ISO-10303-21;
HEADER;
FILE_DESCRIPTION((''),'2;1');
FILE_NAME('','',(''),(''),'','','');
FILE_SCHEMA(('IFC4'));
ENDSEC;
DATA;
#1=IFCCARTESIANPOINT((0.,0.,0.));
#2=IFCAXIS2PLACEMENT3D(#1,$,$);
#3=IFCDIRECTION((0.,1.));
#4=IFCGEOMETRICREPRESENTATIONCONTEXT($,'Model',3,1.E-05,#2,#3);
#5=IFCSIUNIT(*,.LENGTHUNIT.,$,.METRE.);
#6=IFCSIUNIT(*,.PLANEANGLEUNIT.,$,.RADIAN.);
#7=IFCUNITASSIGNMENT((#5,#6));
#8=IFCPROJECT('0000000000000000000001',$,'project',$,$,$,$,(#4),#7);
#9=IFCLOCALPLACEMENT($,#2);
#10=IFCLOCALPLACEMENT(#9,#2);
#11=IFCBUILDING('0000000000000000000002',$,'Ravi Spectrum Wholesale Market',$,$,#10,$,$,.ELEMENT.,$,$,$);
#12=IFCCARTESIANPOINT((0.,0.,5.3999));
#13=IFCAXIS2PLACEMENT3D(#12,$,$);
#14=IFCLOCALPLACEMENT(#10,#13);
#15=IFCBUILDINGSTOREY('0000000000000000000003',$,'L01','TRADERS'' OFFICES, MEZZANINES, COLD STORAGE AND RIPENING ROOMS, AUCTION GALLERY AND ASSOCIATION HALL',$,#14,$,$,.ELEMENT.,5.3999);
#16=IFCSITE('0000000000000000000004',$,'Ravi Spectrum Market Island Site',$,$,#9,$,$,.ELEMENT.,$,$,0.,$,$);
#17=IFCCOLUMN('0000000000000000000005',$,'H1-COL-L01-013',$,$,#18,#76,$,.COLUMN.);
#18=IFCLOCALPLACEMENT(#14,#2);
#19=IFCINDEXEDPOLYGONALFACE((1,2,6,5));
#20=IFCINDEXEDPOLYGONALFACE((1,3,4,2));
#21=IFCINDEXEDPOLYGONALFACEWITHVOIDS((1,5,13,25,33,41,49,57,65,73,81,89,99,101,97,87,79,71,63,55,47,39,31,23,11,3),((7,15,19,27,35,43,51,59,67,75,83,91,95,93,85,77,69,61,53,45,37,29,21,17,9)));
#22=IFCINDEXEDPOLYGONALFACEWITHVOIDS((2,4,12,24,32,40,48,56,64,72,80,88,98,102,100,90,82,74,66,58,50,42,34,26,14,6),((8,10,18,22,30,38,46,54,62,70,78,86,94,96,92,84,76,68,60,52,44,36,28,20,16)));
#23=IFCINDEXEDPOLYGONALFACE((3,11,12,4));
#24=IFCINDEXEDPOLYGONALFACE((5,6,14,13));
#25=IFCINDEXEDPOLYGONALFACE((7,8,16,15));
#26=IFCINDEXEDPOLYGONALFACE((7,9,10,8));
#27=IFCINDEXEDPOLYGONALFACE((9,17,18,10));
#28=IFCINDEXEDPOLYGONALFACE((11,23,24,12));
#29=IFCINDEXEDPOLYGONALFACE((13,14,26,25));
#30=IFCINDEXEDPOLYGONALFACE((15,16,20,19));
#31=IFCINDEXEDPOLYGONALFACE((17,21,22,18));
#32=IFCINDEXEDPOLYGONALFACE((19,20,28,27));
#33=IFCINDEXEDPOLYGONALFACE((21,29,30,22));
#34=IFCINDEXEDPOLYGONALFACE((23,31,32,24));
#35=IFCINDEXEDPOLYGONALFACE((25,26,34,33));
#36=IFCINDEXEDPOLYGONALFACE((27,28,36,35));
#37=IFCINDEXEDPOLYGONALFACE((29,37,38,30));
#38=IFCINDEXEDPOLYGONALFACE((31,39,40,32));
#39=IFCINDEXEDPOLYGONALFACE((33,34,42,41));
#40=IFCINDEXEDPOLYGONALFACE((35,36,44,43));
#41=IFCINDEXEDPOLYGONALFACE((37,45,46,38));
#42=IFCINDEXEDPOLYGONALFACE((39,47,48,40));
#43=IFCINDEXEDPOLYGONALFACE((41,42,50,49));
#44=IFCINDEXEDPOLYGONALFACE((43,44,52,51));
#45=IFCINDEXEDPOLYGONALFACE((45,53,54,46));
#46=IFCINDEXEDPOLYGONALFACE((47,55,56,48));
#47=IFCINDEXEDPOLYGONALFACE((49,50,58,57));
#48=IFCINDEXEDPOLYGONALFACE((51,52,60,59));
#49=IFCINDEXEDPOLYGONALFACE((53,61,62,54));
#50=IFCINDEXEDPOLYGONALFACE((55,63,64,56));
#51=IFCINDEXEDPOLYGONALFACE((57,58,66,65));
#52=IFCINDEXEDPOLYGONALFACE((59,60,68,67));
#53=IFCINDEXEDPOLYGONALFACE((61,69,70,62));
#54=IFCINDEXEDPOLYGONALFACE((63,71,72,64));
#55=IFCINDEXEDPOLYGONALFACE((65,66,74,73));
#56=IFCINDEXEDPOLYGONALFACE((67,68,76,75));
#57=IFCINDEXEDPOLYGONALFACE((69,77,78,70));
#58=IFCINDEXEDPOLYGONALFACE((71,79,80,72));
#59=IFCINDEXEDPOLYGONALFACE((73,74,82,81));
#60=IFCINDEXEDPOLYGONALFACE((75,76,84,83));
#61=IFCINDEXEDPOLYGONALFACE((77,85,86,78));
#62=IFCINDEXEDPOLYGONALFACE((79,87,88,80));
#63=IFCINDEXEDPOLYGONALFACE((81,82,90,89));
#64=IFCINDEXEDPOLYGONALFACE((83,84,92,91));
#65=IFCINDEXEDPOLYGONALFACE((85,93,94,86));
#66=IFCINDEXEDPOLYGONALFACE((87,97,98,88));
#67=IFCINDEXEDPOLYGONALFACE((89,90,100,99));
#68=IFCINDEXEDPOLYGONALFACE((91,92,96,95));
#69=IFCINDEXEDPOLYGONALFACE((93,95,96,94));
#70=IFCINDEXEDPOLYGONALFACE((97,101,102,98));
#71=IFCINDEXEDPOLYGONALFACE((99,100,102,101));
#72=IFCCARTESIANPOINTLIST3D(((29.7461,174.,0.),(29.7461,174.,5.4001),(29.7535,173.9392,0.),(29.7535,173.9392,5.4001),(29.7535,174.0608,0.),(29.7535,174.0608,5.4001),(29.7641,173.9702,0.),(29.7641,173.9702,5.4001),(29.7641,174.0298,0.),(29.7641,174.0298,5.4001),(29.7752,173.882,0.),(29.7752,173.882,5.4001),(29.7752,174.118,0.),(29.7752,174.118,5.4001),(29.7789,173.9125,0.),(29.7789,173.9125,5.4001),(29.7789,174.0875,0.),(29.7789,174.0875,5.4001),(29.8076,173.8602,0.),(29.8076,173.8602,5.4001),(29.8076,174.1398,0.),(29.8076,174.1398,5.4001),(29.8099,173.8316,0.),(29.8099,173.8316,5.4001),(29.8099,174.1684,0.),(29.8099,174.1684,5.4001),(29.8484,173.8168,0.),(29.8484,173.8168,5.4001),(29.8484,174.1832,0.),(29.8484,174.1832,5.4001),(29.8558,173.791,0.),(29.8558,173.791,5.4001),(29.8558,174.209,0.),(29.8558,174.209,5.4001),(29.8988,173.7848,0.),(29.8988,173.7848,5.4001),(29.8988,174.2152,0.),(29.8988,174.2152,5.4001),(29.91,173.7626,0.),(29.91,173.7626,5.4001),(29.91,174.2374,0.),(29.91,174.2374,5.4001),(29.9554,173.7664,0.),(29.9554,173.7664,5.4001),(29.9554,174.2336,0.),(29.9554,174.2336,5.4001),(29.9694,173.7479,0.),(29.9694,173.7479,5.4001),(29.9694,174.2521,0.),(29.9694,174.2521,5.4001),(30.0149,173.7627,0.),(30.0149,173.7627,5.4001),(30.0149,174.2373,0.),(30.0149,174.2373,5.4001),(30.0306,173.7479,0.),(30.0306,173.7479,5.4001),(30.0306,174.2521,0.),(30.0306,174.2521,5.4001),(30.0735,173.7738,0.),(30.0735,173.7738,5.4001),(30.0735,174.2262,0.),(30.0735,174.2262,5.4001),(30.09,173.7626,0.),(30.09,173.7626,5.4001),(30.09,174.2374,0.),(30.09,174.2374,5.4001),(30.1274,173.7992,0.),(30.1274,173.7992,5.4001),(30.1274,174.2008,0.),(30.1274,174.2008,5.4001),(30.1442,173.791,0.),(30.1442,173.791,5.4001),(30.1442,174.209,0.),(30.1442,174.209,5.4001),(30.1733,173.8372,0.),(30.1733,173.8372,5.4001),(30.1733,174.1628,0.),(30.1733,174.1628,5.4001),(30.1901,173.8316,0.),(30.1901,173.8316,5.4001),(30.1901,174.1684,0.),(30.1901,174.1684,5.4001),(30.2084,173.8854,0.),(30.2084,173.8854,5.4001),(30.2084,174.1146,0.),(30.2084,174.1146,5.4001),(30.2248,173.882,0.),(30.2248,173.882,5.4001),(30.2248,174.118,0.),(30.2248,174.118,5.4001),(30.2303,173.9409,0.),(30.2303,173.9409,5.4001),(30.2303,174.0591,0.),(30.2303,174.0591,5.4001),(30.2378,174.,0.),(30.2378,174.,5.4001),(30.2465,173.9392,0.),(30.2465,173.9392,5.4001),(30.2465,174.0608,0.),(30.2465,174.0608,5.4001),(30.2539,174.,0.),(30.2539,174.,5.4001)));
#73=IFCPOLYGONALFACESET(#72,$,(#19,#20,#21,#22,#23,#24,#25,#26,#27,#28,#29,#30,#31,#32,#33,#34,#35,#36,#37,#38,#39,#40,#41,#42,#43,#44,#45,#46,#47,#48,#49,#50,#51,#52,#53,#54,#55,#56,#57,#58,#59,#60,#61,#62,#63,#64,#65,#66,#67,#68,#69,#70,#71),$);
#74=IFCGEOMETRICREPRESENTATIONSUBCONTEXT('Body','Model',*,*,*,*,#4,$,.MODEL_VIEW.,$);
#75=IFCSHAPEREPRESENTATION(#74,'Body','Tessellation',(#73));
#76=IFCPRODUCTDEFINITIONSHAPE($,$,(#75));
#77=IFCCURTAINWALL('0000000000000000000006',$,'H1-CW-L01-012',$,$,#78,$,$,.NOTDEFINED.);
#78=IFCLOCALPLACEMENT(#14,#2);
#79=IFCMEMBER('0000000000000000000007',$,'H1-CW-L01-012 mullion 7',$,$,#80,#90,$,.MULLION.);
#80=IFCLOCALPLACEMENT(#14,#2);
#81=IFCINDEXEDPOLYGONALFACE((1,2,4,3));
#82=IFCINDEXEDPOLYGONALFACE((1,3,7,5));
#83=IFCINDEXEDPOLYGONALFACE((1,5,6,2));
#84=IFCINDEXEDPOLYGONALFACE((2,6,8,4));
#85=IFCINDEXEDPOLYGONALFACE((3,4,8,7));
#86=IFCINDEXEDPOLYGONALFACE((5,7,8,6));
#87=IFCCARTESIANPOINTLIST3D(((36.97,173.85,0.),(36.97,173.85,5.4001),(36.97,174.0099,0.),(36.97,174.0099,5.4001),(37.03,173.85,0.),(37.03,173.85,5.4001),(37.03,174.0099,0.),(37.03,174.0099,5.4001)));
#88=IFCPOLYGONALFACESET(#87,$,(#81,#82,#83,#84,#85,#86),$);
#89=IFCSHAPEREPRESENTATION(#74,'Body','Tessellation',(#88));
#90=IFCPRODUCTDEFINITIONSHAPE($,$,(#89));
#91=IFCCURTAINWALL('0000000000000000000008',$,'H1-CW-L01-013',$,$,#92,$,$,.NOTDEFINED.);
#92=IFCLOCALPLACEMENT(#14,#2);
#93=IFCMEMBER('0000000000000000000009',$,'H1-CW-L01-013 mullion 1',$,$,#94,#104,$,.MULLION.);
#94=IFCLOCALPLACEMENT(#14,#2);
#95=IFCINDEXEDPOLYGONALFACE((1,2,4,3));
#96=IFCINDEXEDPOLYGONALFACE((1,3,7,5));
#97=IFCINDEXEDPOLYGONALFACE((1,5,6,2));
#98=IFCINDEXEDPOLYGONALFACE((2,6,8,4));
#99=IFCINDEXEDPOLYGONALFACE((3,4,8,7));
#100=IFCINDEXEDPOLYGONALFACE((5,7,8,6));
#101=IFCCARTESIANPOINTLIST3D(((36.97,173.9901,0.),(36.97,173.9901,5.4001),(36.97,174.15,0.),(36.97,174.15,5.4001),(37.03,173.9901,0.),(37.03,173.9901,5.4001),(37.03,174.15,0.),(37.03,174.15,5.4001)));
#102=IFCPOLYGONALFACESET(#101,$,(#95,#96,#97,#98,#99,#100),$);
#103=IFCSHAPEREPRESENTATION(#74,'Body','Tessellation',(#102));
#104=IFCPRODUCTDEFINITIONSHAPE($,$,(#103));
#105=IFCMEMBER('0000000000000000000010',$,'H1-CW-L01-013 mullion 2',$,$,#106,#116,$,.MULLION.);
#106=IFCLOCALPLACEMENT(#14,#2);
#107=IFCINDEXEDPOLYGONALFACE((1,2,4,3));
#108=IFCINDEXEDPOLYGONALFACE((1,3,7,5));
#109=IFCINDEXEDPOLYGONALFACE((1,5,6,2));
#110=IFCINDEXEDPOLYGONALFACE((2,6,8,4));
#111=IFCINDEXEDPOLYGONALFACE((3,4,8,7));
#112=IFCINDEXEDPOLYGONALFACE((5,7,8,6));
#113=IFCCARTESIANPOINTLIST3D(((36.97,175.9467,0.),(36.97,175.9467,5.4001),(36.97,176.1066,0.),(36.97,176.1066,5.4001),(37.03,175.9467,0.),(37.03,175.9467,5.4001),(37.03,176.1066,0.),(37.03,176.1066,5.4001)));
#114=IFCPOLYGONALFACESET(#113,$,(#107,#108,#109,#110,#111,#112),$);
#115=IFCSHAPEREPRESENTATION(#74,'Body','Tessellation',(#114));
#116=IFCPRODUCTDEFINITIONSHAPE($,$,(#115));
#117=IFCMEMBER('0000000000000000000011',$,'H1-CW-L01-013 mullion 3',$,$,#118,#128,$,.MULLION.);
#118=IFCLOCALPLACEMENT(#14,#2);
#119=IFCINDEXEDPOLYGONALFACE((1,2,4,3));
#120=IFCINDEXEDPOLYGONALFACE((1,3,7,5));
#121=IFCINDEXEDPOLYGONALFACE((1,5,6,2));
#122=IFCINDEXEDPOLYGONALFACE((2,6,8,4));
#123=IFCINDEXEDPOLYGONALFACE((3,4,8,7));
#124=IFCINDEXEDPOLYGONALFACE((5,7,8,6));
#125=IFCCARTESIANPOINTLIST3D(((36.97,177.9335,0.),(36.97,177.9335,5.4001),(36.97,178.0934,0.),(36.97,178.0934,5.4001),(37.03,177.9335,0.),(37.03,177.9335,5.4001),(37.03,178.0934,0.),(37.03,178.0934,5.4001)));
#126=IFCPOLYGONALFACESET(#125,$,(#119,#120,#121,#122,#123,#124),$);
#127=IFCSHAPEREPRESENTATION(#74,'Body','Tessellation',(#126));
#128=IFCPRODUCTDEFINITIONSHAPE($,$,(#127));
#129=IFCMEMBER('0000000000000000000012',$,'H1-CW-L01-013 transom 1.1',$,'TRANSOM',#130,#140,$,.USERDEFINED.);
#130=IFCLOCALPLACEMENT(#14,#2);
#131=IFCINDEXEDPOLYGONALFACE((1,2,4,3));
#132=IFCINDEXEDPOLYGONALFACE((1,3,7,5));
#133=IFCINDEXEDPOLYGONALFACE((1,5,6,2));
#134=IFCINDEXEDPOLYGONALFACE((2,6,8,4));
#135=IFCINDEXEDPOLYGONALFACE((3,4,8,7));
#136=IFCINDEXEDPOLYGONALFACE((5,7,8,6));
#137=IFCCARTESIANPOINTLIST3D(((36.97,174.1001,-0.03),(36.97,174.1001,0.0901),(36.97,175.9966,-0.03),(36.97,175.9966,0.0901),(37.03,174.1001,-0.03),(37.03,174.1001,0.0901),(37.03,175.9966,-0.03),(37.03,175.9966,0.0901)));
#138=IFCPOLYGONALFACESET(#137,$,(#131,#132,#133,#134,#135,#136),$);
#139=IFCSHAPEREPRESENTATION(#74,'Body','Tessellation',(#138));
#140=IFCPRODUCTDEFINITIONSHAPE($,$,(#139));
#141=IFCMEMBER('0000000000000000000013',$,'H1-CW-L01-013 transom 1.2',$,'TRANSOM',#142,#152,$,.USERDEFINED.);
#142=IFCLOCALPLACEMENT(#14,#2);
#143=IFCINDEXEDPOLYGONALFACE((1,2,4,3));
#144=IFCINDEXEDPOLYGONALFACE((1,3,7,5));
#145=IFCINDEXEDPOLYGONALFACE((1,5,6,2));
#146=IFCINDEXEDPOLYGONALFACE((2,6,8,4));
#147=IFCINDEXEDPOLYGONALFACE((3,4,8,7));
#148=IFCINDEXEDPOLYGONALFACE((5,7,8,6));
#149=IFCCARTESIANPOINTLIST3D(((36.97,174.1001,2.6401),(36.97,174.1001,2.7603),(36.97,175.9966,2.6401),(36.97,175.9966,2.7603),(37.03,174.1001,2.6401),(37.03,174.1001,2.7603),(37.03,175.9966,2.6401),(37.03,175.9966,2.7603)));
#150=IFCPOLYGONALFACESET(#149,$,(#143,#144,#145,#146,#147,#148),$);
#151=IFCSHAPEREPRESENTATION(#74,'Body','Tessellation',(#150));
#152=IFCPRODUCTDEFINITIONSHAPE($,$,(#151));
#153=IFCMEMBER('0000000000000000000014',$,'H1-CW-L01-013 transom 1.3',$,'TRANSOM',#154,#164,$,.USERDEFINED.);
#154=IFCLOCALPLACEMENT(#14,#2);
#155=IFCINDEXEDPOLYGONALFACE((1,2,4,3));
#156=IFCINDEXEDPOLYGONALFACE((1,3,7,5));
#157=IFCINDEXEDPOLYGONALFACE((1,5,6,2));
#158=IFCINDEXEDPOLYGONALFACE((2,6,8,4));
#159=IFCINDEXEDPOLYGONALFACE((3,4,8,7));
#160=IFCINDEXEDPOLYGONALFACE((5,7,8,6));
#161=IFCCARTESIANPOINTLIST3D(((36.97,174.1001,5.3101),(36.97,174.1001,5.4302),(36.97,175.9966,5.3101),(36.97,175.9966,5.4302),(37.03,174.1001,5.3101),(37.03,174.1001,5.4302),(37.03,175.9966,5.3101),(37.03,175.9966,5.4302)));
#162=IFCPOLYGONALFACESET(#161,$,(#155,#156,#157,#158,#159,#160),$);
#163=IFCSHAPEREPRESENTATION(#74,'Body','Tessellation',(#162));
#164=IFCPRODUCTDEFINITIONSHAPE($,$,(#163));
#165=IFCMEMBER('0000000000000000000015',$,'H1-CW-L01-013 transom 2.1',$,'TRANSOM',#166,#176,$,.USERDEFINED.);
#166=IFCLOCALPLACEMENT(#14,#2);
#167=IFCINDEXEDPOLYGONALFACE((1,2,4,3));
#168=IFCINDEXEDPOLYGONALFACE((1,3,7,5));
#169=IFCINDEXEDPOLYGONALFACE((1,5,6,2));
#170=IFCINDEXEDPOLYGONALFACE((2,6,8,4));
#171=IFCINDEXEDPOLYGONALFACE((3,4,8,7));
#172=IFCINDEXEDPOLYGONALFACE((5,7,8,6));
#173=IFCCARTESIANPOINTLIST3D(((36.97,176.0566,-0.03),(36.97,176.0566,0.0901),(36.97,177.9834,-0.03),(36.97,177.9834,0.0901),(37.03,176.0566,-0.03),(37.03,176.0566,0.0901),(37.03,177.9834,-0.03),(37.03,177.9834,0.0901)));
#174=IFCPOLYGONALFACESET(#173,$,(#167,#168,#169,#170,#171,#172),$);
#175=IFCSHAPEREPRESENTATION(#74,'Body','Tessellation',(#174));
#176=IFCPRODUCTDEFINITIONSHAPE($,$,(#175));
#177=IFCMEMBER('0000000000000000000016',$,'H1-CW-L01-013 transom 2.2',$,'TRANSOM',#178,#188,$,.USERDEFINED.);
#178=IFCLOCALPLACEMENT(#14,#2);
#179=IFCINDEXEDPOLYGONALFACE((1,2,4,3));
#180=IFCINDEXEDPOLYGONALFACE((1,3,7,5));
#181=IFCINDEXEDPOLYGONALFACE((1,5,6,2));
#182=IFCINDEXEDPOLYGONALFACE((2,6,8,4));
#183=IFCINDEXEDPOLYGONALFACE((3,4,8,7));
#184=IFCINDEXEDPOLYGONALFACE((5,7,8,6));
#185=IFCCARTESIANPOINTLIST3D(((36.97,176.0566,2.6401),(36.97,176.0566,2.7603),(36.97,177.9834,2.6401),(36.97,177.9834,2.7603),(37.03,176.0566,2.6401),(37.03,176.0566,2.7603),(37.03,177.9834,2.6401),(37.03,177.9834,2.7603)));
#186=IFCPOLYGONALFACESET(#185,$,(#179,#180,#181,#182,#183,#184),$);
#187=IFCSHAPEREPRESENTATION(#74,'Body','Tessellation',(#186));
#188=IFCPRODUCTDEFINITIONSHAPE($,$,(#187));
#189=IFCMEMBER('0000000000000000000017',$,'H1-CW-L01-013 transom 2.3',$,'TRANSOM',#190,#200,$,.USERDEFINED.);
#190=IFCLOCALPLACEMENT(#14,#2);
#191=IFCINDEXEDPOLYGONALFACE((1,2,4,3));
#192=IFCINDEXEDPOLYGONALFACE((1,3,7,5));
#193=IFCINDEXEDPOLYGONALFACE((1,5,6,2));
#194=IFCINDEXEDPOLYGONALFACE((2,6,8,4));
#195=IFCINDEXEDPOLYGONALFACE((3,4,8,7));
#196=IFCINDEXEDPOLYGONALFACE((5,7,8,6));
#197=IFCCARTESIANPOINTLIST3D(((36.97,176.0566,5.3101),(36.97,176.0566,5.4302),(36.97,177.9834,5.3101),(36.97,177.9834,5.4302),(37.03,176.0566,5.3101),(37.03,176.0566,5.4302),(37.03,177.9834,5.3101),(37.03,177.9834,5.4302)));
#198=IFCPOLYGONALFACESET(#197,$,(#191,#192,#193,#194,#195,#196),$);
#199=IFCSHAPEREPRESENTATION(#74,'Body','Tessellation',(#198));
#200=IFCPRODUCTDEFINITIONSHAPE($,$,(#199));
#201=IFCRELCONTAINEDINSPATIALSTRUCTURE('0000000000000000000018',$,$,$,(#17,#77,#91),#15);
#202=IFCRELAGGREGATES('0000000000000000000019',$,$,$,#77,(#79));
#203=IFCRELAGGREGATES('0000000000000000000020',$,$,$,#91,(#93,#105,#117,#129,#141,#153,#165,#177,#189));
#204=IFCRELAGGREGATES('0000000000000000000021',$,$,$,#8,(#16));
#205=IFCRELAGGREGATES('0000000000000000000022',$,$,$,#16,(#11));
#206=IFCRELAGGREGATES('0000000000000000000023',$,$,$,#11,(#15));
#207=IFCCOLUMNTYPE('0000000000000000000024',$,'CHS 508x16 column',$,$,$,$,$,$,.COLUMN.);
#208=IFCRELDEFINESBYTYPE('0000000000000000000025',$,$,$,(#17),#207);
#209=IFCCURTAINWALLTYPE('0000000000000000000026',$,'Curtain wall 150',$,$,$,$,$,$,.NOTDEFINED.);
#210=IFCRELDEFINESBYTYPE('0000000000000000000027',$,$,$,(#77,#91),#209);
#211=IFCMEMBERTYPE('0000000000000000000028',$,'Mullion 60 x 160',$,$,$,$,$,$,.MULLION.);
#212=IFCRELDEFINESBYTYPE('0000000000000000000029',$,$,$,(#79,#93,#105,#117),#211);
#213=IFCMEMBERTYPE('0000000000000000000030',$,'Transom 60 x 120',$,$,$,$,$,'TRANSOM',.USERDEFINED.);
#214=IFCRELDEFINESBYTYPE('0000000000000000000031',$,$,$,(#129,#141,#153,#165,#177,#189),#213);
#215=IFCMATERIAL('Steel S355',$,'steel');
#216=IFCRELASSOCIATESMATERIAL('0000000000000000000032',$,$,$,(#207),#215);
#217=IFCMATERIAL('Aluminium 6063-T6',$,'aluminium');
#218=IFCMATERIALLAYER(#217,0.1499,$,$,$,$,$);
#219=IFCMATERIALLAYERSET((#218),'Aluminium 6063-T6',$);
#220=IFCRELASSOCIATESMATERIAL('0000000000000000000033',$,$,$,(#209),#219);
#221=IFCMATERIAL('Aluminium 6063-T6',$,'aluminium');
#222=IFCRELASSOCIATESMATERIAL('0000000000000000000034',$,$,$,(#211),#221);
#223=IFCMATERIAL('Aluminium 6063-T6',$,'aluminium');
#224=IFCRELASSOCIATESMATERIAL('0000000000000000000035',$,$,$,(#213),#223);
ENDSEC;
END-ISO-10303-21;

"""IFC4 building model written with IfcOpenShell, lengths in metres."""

from ifc_helpers import new_model, si_unit, direction, frame, origin, origin_2d, place, context, subcontext, project, spatial, rectangle, hollow_circle, extrude, material, layer, layer_set, material_profile, profile_set, type_object, element, aggregate, save


model = new_model("IFC4")

# Units and contexts
model_context = context("Model", 3, precision=1e-05, world=origin(), true_north=direction((0.0, 1.0)))
body_context = subcontext(model_context, "Body", "Model", "MODEL_VIEW")
ifc_project = project(units=[si_unit("LENGTHUNIT", "METRE"), si_unit("PLANEANGLEUNIT", "RADIAN")], contexts=[model_context])

# Site, building, storey
site_placement = place(None, origin())
site = spatial("IfcSite", under=ifc_project, at=site_placement, Name="Ravi Spectrum Market Island Site", CompositionType="ELEMENT", RefElevation=0.0)
building_placement = place(site_placement, origin())
building = spatial("IfcBuilding", under=site, at=building_placement, Name="Ravi Spectrum Wholesale Market", CompositionType="ELEMENT")
storey_placement = place(building_placement, frame((0.0, 0.0, 5.3999)))
storey = spatial("IfcBuildingStorey", under=building, at=storey_placement, Name="L01", Description="TRADERS' OFFICES, MEZZANINES, COLD STORAGE AND RIPENING ROOMS, AUCTION GALLERY AND ASSOCIATION HALL", CompositionType="ELEMENT", Elevation=5.3999)

# Column
ifc_material_1 = material(Name="Steel S355", Category="steel")
ifc_material_profile_1 = material_profile(ifc_material_1, hollow_circle(Radius=0.2539, WallThickness=0.0161, at=origin_2d()))
ifc_profile_set_1 = profile_set([ifc_material_profile_1], Name="Steel S355")
column_type = type_object("IfcColumnType", Name="CHS 508x16 column", PredefinedType="COLUMN", material=ifc_profile_set_1)
column_placement = place(storey_placement, frame((30.0, 174.0, 0.0), z_axis=(0.0, 0.0, 1.0), x_axis=(1.0, 0.0, 0.0)))
element("IfcColumn", 1, at=column_placement, inside=storey, type_object=column_type, Name="H1-COL-L01-013", PredefinedType="COLUMN", context=body_context, shape_type="SweptSolid", body=[
    extrude(hollow_circle(Radius=0.2539, WallThickness=0.0161, at=origin_2d()), origin(), (0.0, 0.0, 1.0), 5.4001),
])

# Curtain wall, member
ifc_material_2 = material(Name="Aluminium 6063-T6", Category="aluminium")
ifc_layer_1 = layer(ifc_material_2, 0.1499)
ifc_layer_set_1 = layer_set([ifc_layer_1], Name="Aluminium 6063-T6")
curtain_wall_type = type_object("IfcCurtainWallType", Name="Curtain wall 150", PredefinedType="NOTDEFINED", material=ifc_layer_set_1)
curtain_wall_1_placement = place(storey_placement, origin())
curtain_wall_1 = element("IfcCurtainWall", 2, at=curtain_wall_1_placement, inside=storey, type_object=curtain_wall_type, Name="H1-CW-L01-012", PredefinedType="NOTDEFINED")
ifc_material_3 = material(Name="Aluminium 6063-T6", Category="aluminium")
ifc_material_profile_2 = material_profile(ifc_material_3, rectangle(XDim=0.0601, YDim=0.1599, at=origin_2d()))
ifc_profile_set_2 = profile_set([ifc_material_profile_2], Name="Aluminium 6063-T6")
member_type_1 = type_object("IfcMemberType", Name="Mullion 60 x 160", PredefinedType="MULLION", material=ifc_profile_set_2)
member_1_placement = place(storey_placement, frame((37.0, 173.9299, 0.0), z_axis=(0.0, 0.0, 1.0), x_axis=(-1.0, 0.0, 0.0)))
member_1 = element("IfcMember", 3, at=member_1_placement, type_object=member_type_1, Name="H1-CW-L01-012 mullion 7", PredefinedType="MULLION", context=body_context, shape_type="SweptSolid", body=[
    extrude(rectangle(XDim=0.0601, YDim=0.1599, at=origin_2d()), origin(), (0.0, 0.0, 1.0), 5.4001),
])

# Curtain wall, members
curtain_wall_2_placement = place(storey_placement, origin())
curtain_wall_2 = element("IfcCurtainWall", 4, at=curtain_wall_2_placement, inside=storey, type_object=curtain_wall_type, Name="H1-CW-L01-013", PredefinedType="NOTDEFINED")
member_2_placement = place(storey_placement, frame((37.0, 174.0701, 0.0), z_axis=(0.0, 0.0, 1.0), x_axis=(-1.0, 0.0, 0.0)))
member_2 = element("IfcMember", 5, at=member_2_placement, type_object=member_type_1, Name="H1-CW-L01-013 mullion 1", PredefinedType="MULLION", context=body_context, shape_type="SweptSolid", body=[
    extrude(rectangle(XDim=0.0601, YDim=0.1599, at=origin_2d()), origin(), (0.0, 0.0, 1.0), 5.4001),
])
member_3_placement = place(storey_placement, frame((37.0, 176.0266, 0.0), z_axis=(0.0, 0.0, 1.0), x_axis=(-1.0, 0.0, 0.0)))
member_3 = element("IfcMember", 6, at=member_3_placement, type_object=member_type_1, Name="H1-CW-L01-013 mullion 2", PredefinedType="MULLION", context=body_context, shape_type="SweptSolid", body=[
    extrude(rectangle(XDim=0.0601, YDim=0.1599, at=origin_2d()), origin(), (0.0, 0.0, 1.0), 5.4001),
])
member_4_placement = place(storey_placement, frame((37.0, 178.0134, 0.0), z_axis=(0.0, 0.0, 1.0), x_axis=(-1.0, 0.0, 0.0)))
member_4 = element("IfcMember", 7, at=member_4_placement, type_object=member_type_1, Name="H1-CW-L01-013 mullion 3", PredefinedType="MULLION", context=body_context, shape_type="SweptSolid", body=[
    extrude(rectangle(XDim=0.0601, YDim=0.1599, at=origin_2d()), origin(), (0.0, 0.0, 1.0), 5.4001),
])
ifc_material_4 = material(Name="Aluminium 6063-T6", Category="aluminium")
ifc_material_profile_3 = material_profile(ifc_material_4, rectangle(XDim=0.0601, YDim=0.1201, at=origin_2d()))
ifc_profile_set_3 = profile_set([ifc_material_profile_3], Name="Aluminium 6063-T6")
member_type_2 = type_object("IfcMemberType", Name="Transom 60 x 120", ElementType="TRANSOM", PredefinedType="USERDEFINED", material=ifc_profile_set_3)
member_5_placement = place(storey_placement, frame((37.0, 174.1001, 0.03), z_axis=(0.0, 1.0, 0.0), x_axis=(-1.0, 0.0, 0.0)))
member_5 = element("IfcMember", 8, at=member_5_placement, type_object=member_type_2, Name="H1-CW-L01-013 transom 1.1", ObjectType="TRANSOM", PredefinedType="USERDEFINED", context=body_context, shape_type="SweptSolid", body=[
    extrude(rectangle(XDim=0.0601, YDim=0.1201, at=origin_2d()), origin(), (0.0, 0.0, 1.0), 1.8965),
])
member_6_placement = place(storey_placement, frame((37.0, 174.1001, 2.7002), z_axis=(0.0, 1.0, 0.0), x_axis=(-1.0, 0.0, 0.0)))
member_6 = element("IfcMember", 9, at=member_6_placement, type_object=member_type_2, Name="H1-CW-L01-013 transom 1.2", ObjectType="TRANSOM", PredefinedType="USERDEFINED", context=body_context, shape_type="SweptSolid", body=[
    extrude(rectangle(XDim=0.0601, YDim=0.1201, at=origin_2d()), origin(), (0.0, 0.0, 1.0), 1.8965),
])
member_7_placement = place(storey_placement, frame((37.0, 174.1001, 5.3701), z_axis=(0.0, 1.0, 0.0), x_axis=(-1.0, 0.0, 0.0)))
member_7 = element("IfcMember", 10, at=member_7_placement, type_object=member_type_2, Name="H1-CW-L01-013 transom 1.3", ObjectType="TRANSOM", PredefinedType="USERDEFINED", context=body_context, shape_type="SweptSolid", body=[
    extrude(rectangle(XDim=0.0601, YDim=0.1201, at=origin_2d()), origin(), (0.0, 0.0, 1.0), 1.8965),
])
member_8_placement = place(storey_placement, frame((37.0, 176.0566, 0.03), z_axis=(0.0, 1.0, 0.0), x_axis=(-1.0, 0.0, 0.0)))
member_8 = element("IfcMember", 11, at=member_8_placement, type_object=member_type_2, Name="H1-CW-L01-013 transom 2.1", ObjectType="TRANSOM", PredefinedType="USERDEFINED", context=body_context, shape_type="SweptSolid", body=[
    extrude(rectangle(XDim=0.0601, YDim=0.1201, at=origin_2d()), origin(), (0.0, 0.0, 1.0), 1.9268),
])
member_9_placement = place(storey_placement, frame((37.0, 176.0566, 2.7002), z_axis=(0.0, 1.0, 0.0), x_axis=(-1.0, 0.0, 0.0)))
member_9 = element("IfcMember", 12, at=member_9_placement, type_object=member_type_2, Name="H1-CW-L01-013 transom 2.2", ObjectType="TRANSOM", PredefinedType="USERDEFINED", context=body_context, shape_type="SweptSolid", body=[
    extrude(rectangle(XDim=0.0601, YDim=0.1201, at=origin_2d()), origin(), (0.0, 0.0, 1.0), 1.9268),
])
member_10_placement = place(storey_placement, frame((37.0, 176.0566, 5.3701), z_axis=(0.0, 1.0, 0.0), x_axis=(-1.0, 0.0, 0.0)))
member_10 = element("IfcMember", 13, at=member_10_placement, type_object=member_type_2, Name="H1-CW-L01-013 transom 2.3", ObjectType="TRANSOM", PredefinedType="USERDEFINED", context=body_context, shape_type="SweptSolid", body=[
    extrude(rectangle(XDim=0.0601, YDim=0.1201, at=origin_2d()), origin(), (0.0, 0.0, 1.0), 1.9268),
])

aggregate(curtain_wall_1, [member_1])
aggregate(curtain_wall_2, [member_2, member_3, member_4, member_5, member_6, member_7, member_8, member_9, member_10])

save(model, "model.ifc")
